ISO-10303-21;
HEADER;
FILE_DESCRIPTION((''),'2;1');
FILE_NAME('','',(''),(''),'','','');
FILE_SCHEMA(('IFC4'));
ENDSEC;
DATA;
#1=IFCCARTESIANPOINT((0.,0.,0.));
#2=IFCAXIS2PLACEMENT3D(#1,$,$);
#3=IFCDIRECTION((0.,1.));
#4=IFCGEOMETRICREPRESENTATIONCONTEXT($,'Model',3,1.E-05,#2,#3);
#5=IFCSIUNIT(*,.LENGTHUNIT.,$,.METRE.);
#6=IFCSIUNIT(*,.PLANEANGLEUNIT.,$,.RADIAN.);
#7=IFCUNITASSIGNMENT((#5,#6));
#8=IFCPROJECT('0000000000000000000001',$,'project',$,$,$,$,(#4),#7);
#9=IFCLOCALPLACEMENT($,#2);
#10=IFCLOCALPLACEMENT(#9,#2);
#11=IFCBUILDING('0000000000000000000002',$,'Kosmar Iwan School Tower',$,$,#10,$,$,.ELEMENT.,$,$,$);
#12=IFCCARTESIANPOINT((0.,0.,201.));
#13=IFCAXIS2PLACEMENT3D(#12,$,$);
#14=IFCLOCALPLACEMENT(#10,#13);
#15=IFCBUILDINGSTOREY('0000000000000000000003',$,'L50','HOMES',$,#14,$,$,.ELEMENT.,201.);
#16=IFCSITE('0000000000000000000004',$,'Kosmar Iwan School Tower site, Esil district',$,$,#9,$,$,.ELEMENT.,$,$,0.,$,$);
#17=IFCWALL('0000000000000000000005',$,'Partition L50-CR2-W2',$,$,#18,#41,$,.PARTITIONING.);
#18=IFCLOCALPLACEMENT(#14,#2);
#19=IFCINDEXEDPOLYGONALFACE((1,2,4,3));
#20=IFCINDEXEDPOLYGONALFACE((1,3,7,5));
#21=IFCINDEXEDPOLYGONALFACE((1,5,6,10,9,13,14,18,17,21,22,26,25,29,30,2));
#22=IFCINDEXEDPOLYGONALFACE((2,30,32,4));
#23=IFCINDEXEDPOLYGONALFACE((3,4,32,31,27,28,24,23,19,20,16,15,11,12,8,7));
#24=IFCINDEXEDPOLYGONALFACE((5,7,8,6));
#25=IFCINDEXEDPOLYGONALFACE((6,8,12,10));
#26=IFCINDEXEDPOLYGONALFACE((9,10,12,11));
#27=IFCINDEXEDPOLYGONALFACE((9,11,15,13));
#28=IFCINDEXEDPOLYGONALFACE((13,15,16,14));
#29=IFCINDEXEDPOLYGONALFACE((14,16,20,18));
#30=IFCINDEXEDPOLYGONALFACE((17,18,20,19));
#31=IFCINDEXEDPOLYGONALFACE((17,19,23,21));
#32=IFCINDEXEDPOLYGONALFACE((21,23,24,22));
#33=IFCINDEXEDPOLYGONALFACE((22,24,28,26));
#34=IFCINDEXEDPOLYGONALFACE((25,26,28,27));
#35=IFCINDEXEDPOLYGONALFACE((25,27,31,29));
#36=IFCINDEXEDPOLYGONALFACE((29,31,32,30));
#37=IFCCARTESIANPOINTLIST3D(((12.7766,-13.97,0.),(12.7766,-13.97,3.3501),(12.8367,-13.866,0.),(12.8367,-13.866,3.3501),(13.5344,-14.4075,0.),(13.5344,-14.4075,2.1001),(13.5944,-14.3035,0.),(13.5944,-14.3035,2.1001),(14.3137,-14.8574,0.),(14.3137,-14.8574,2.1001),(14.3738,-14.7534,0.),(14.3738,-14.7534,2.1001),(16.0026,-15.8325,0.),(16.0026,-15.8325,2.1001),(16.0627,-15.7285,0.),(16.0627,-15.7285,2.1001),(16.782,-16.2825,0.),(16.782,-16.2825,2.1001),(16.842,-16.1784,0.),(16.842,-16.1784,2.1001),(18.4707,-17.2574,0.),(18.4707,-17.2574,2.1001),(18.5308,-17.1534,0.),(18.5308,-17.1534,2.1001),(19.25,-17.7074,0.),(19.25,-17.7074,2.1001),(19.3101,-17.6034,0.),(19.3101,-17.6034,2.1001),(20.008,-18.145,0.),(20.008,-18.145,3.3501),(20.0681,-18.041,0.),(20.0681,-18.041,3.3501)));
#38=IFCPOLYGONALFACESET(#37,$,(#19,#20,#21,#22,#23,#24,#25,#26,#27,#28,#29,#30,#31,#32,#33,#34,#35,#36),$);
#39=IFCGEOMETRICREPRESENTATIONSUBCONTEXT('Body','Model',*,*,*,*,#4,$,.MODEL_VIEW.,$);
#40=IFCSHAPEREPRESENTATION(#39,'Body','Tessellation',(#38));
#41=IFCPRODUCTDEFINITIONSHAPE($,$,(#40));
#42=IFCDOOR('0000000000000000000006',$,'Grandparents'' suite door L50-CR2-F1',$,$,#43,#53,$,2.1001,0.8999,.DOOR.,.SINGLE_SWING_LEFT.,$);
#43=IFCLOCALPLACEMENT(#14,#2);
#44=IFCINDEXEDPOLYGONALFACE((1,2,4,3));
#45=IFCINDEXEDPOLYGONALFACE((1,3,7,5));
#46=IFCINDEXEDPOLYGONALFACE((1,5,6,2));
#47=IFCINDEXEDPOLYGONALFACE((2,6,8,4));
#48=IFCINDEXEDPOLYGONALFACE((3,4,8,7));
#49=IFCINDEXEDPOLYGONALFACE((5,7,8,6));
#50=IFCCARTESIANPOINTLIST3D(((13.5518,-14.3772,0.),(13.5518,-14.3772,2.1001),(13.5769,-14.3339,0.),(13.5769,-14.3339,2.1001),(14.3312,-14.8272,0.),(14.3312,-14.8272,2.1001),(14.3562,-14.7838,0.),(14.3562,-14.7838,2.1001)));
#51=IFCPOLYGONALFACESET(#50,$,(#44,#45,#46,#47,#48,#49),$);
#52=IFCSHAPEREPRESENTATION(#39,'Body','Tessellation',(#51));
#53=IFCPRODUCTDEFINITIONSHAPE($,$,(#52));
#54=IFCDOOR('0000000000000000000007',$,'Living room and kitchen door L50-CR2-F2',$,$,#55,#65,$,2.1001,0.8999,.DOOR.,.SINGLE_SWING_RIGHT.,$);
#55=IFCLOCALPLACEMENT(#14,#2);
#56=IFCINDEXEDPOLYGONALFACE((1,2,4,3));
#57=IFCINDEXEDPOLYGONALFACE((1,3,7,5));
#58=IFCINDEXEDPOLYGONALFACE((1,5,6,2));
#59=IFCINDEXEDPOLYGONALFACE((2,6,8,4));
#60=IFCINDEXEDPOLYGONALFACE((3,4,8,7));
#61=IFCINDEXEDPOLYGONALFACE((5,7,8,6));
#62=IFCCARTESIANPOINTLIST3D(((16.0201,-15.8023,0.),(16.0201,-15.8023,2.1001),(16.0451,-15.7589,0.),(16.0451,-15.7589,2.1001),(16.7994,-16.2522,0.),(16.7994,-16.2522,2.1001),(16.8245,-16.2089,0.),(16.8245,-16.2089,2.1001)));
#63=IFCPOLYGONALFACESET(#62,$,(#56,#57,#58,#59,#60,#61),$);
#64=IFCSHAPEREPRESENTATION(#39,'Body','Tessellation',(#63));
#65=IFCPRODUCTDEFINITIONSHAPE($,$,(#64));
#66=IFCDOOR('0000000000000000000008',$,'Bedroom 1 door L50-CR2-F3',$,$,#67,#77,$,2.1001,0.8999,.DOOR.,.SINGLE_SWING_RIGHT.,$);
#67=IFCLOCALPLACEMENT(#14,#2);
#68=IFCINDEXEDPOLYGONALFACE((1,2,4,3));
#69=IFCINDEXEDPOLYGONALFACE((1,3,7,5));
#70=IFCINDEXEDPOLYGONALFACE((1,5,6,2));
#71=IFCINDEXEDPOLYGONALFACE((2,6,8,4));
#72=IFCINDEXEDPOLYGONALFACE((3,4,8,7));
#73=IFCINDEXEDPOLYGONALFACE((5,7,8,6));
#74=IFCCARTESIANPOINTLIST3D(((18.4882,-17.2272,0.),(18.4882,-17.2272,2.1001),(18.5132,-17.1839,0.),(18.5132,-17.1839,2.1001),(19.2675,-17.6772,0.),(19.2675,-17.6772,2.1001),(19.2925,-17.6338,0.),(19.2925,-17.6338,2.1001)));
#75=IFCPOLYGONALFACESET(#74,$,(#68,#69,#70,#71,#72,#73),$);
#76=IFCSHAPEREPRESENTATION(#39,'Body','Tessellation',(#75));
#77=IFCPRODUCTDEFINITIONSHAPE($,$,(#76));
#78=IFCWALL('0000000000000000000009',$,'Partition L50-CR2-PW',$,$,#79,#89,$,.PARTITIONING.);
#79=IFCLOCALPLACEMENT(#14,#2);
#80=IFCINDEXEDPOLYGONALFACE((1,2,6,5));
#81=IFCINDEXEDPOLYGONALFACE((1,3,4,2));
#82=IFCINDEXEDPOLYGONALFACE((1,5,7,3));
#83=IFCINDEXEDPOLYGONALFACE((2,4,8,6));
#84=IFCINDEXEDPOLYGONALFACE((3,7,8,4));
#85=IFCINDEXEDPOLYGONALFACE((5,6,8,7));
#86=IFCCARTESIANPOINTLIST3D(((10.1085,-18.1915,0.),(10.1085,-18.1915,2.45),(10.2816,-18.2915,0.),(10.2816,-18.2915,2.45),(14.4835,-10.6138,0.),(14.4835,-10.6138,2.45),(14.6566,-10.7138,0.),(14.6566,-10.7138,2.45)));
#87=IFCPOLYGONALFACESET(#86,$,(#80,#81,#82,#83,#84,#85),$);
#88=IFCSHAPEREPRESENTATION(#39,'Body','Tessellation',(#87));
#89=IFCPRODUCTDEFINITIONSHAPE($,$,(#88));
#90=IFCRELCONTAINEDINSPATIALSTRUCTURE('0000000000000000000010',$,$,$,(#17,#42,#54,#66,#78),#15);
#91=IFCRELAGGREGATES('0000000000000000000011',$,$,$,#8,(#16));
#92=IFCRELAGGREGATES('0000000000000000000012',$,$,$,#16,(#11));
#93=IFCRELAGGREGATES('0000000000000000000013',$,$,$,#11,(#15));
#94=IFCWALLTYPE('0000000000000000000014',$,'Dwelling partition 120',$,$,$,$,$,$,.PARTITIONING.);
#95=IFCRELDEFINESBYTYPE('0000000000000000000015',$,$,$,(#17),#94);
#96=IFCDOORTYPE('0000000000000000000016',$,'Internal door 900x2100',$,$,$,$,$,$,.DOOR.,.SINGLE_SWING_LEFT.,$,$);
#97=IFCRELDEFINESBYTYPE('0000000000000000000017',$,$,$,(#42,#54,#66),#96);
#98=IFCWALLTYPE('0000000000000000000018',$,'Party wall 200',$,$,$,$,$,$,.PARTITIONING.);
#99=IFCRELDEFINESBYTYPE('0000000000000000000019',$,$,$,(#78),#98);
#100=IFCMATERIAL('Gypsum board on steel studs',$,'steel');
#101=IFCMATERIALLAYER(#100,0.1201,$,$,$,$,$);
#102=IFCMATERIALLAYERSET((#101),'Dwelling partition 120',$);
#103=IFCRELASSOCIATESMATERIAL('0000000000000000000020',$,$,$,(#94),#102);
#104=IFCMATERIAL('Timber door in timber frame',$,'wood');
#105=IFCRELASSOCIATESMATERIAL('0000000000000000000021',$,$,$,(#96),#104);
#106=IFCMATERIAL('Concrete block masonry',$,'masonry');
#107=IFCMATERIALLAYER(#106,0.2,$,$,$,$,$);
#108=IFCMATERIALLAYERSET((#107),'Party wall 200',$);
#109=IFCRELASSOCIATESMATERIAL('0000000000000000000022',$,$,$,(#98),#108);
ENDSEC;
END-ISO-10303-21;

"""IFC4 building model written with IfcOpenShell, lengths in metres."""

from ifc_helpers import new_model, si_unit, direction, frame, frame_2d, origin, place, context, subcontext, project, spatial, rectangle, extrude, material, layer, layer_set, type_object, element, fill, save


model = new_model("IFC4")

# Units and contexts
model_context = context("Model", 3, precision=1e-05, world=origin(), true_north=direction((0.0, 1.0)))
body_context = subcontext(model_context, "Body", "Model", "MODEL_VIEW")
ifc_project = project(units=[si_unit("LENGTHUNIT", "METRE"), si_unit("PLANEANGLEUNIT", "RADIAN")], contexts=[model_context])

# Site, building, storey
site_placement = place(None, origin())
site = spatial("IfcSite", under=ifc_project, at=site_placement, Name="Kosmar Iwan School Tower site, Esil district", CompositionType="ELEMENT", RefElevation=0.0)
building_placement = place(site_placement, origin())
building = spatial("IfcBuilding", under=site, at=building_placement, Name="Kosmar Iwan School Tower", CompositionType="ELEMENT")
storey_placement = place(building_placement, frame((0.0, 0.0, 201.0)))
storey = spatial("IfcBuildingStorey", under=building, at=storey_placement, Name="L50", Description="HOMES", CompositionType="ELEMENT", Elevation=201.0)

# Shared definitions
ifc_material_1 = material(Name="Gypsum board on steel studs", Category="steel")
ifc_layer_1 = layer(ifc_material_1, 0.1201)
ifc_layer_set_1 = layer_set([ifc_layer_1], Name="Dwelling partition 120")
wall_type_1 = type_object("IfcWallType", Name="Dwelling partition 120", PredefinedType="PARTITIONING", material=ifc_layer_set_1)

# Wall, openings, doors
ifc_material_2 = material(Name="Timber door in timber frame", Category="wood")
door_type_1 = type_object("IfcDoorType", Name="Internal door 900x2100", OperationType="SINGLE_SWING_LEFT", PredefinedType="DOOR", material=ifc_material_2)
wall_1_placement = place(storey_placement, frame((12.8066, -13.918, 0.0), z_axis=(0.0, 0.0, 1.0), x_axis=(0.866027, -0.499997, 0.0)))
wall_1 = element("IfcWall", 1, at=wall_1_placement, inside=storey, type_object=wall_type_1, Name="Partition L50-CR2-W2", PredefinedType="PARTITIONING", context=body_context, shape_type="SweptSolid", body=[
    extrude(rectangle(XDim=8.3501, YDim=0.1201, at=frame_2d((4.175, 0.0))), origin(), (0.0, 0.0, 1.0), 3.3501),
])
opening_1_placement = place(wall_1_placement, frame((0.875, 0.0, 0.0)))
opening_1 = element("IfcOpeningElement", 2, at=opening_1_placement, cuts=wall_1, PredefinedType="OPENING", context=body_context, shape_type="SweptSolid", body=[
    extrude(rectangle(XDim=0.8999, YDim=2.1001, at=frame_2d((0.45, 1.05))), frame((0.0, 0.072, 0.0), z_axis=(0.0, -1.0, 0.0), x_axis=(1.0, 0.0, 0.0)), (0.0, 0.0, 1.0), 0.144),
])
opening_2_placement = place(wall_1_placement, frame((3.7251, 0.0, 0.0)))
opening_2 = element("IfcOpeningElement", 3, at=opening_2_placement, cuts=wall_1, PredefinedType="OPENING", context=body_context, shape_type="SweptSolid", body=[
    extrude(rectangle(XDim=0.8999, YDim=2.1001, at=frame_2d((0.45, 1.05))), frame((0.0, 0.072, 0.0), z_axis=(0.0, -1.0, 0.0), x_axis=(1.0, 0.0, 0.0)), (0.0, 0.0, 1.0), 0.144),
])
opening_3_placement = place(wall_1_placement, frame((6.575, 0.0, 0.0)))
opening_3 = element("IfcOpeningElement", 4, at=opening_3_placement, cuts=wall_1, PredefinedType="OPENING", context=body_context, shape_type="SweptSolid", body=[
    extrude(rectangle(XDim=0.8999, YDim=2.1001, at=frame_2d((0.45, 1.05))), frame((0.0, 0.072, 0.0), z_axis=(0.0, -1.0, 0.0), x_axis=(1.0, 0.0, 0.0)), (0.0, 0.0, 1.0), 0.144),
])
door_1_placement = place(opening_1_placement, origin())
door_1 = element("IfcDoor", 5, at=door_1_placement, inside=storey, type_object=door_type_1, Name="Grandparents' suite door L50-CR2-F1", OperationType="SINGLE_SWING_LEFT", OverallHeight=2.1001, OverallWidth=0.8999, PredefinedType="DOOR", context=body_context, shape_type="SweptSolid", body=[
    extrude(rectangle(XDim=0.8999, YDim=2.1001, at=frame_2d((0.45, 1.05))), frame((0.0, 0.0249, 0.0), z_axis=(0.0, -1.0, 0.0), x_axis=(1.0, 0.0, 0.0)), (0.0, 0.0, 1.0), 0.05),
])
fill(opening_1, door_1)
door_2_placement = place(opening_2_placement, origin())
door_2 = element("IfcDoor", 6, at=door_2_placement, inside=storey, type_object=door_type_1, Name="Living room and kitchen door L50-CR2-F2", OperationType="SINGLE_SWING_RIGHT", OverallHeight=2.1001, OverallWidth=0.8999, PredefinedType="DOOR", context=body_context, shape_type="SweptSolid", body=[
    extrude(rectangle(XDim=0.8999, YDim=2.1001, at=frame_2d((0.45, 1.05))), frame((0.0, 0.0249, 0.0), z_axis=(0.0, -1.0, 0.0), x_axis=(1.0, 0.0, 0.0)), (0.0, 0.0, 1.0), 0.05),
])
fill(opening_2, door_2)
door_3_placement = place(opening_3_placement, origin())
door_3 = element("IfcDoor", 7, at=door_3_placement, inside=storey, type_object=door_type_1, Name="Bedroom 1 door L50-CR2-F3", OperationType="SINGLE_SWING_RIGHT", OverallHeight=2.1001, OverallWidth=0.8999, PredefinedType="DOOR", context=body_context, shape_type="SweptSolid", body=[
    extrude(rectangle(XDim=0.8999, YDim=2.1001, at=frame_2d((0.45, 1.05))), frame((0.0, 0.0249, 0.0), z_axis=(0.0, -1.0, 0.0), x_axis=(1.0, 0.0, 0.0)), (0.0, 0.0, 1.0), 0.05),
])
fill(opening_3, door_3)

# Wall
ifc_material_3 = material(Name="Concrete block masonry", Category="masonry")
ifc_layer_2 = layer(ifc_material_3, 0.2)
ifc_layer_set_2 = layer_set([ifc_layer_2], Name="Party wall 200")
wall_type_2 = type_object("IfcWallType", Name="Party wall 200", PredefinedType="PARTITIONING", material=ifc_layer_set_2)
wall_2_placement = place(storey_placement, frame((14.5701, -10.6638, 0.0), z_axis=(0.0, 0.0, 1.0), x_axis=(-0.500004, -0.866023, 0.0)))
element("IfcWall", 8, at=wall_2_placement, inside=storey, type_object=wall_type_2, Name="Partition L50-CR2-PW", PredefinedType="PARTITIONING", context=body_context, shape_type="SweptSolid", body=[
    extrude(rectangle(XDim=8.75, YDim=0.2, at=frame_2d((4.375, 0.0))), origin(), (0.0, 0.0, 1.0), 2.45),
])

save(model, "model.ifc")
